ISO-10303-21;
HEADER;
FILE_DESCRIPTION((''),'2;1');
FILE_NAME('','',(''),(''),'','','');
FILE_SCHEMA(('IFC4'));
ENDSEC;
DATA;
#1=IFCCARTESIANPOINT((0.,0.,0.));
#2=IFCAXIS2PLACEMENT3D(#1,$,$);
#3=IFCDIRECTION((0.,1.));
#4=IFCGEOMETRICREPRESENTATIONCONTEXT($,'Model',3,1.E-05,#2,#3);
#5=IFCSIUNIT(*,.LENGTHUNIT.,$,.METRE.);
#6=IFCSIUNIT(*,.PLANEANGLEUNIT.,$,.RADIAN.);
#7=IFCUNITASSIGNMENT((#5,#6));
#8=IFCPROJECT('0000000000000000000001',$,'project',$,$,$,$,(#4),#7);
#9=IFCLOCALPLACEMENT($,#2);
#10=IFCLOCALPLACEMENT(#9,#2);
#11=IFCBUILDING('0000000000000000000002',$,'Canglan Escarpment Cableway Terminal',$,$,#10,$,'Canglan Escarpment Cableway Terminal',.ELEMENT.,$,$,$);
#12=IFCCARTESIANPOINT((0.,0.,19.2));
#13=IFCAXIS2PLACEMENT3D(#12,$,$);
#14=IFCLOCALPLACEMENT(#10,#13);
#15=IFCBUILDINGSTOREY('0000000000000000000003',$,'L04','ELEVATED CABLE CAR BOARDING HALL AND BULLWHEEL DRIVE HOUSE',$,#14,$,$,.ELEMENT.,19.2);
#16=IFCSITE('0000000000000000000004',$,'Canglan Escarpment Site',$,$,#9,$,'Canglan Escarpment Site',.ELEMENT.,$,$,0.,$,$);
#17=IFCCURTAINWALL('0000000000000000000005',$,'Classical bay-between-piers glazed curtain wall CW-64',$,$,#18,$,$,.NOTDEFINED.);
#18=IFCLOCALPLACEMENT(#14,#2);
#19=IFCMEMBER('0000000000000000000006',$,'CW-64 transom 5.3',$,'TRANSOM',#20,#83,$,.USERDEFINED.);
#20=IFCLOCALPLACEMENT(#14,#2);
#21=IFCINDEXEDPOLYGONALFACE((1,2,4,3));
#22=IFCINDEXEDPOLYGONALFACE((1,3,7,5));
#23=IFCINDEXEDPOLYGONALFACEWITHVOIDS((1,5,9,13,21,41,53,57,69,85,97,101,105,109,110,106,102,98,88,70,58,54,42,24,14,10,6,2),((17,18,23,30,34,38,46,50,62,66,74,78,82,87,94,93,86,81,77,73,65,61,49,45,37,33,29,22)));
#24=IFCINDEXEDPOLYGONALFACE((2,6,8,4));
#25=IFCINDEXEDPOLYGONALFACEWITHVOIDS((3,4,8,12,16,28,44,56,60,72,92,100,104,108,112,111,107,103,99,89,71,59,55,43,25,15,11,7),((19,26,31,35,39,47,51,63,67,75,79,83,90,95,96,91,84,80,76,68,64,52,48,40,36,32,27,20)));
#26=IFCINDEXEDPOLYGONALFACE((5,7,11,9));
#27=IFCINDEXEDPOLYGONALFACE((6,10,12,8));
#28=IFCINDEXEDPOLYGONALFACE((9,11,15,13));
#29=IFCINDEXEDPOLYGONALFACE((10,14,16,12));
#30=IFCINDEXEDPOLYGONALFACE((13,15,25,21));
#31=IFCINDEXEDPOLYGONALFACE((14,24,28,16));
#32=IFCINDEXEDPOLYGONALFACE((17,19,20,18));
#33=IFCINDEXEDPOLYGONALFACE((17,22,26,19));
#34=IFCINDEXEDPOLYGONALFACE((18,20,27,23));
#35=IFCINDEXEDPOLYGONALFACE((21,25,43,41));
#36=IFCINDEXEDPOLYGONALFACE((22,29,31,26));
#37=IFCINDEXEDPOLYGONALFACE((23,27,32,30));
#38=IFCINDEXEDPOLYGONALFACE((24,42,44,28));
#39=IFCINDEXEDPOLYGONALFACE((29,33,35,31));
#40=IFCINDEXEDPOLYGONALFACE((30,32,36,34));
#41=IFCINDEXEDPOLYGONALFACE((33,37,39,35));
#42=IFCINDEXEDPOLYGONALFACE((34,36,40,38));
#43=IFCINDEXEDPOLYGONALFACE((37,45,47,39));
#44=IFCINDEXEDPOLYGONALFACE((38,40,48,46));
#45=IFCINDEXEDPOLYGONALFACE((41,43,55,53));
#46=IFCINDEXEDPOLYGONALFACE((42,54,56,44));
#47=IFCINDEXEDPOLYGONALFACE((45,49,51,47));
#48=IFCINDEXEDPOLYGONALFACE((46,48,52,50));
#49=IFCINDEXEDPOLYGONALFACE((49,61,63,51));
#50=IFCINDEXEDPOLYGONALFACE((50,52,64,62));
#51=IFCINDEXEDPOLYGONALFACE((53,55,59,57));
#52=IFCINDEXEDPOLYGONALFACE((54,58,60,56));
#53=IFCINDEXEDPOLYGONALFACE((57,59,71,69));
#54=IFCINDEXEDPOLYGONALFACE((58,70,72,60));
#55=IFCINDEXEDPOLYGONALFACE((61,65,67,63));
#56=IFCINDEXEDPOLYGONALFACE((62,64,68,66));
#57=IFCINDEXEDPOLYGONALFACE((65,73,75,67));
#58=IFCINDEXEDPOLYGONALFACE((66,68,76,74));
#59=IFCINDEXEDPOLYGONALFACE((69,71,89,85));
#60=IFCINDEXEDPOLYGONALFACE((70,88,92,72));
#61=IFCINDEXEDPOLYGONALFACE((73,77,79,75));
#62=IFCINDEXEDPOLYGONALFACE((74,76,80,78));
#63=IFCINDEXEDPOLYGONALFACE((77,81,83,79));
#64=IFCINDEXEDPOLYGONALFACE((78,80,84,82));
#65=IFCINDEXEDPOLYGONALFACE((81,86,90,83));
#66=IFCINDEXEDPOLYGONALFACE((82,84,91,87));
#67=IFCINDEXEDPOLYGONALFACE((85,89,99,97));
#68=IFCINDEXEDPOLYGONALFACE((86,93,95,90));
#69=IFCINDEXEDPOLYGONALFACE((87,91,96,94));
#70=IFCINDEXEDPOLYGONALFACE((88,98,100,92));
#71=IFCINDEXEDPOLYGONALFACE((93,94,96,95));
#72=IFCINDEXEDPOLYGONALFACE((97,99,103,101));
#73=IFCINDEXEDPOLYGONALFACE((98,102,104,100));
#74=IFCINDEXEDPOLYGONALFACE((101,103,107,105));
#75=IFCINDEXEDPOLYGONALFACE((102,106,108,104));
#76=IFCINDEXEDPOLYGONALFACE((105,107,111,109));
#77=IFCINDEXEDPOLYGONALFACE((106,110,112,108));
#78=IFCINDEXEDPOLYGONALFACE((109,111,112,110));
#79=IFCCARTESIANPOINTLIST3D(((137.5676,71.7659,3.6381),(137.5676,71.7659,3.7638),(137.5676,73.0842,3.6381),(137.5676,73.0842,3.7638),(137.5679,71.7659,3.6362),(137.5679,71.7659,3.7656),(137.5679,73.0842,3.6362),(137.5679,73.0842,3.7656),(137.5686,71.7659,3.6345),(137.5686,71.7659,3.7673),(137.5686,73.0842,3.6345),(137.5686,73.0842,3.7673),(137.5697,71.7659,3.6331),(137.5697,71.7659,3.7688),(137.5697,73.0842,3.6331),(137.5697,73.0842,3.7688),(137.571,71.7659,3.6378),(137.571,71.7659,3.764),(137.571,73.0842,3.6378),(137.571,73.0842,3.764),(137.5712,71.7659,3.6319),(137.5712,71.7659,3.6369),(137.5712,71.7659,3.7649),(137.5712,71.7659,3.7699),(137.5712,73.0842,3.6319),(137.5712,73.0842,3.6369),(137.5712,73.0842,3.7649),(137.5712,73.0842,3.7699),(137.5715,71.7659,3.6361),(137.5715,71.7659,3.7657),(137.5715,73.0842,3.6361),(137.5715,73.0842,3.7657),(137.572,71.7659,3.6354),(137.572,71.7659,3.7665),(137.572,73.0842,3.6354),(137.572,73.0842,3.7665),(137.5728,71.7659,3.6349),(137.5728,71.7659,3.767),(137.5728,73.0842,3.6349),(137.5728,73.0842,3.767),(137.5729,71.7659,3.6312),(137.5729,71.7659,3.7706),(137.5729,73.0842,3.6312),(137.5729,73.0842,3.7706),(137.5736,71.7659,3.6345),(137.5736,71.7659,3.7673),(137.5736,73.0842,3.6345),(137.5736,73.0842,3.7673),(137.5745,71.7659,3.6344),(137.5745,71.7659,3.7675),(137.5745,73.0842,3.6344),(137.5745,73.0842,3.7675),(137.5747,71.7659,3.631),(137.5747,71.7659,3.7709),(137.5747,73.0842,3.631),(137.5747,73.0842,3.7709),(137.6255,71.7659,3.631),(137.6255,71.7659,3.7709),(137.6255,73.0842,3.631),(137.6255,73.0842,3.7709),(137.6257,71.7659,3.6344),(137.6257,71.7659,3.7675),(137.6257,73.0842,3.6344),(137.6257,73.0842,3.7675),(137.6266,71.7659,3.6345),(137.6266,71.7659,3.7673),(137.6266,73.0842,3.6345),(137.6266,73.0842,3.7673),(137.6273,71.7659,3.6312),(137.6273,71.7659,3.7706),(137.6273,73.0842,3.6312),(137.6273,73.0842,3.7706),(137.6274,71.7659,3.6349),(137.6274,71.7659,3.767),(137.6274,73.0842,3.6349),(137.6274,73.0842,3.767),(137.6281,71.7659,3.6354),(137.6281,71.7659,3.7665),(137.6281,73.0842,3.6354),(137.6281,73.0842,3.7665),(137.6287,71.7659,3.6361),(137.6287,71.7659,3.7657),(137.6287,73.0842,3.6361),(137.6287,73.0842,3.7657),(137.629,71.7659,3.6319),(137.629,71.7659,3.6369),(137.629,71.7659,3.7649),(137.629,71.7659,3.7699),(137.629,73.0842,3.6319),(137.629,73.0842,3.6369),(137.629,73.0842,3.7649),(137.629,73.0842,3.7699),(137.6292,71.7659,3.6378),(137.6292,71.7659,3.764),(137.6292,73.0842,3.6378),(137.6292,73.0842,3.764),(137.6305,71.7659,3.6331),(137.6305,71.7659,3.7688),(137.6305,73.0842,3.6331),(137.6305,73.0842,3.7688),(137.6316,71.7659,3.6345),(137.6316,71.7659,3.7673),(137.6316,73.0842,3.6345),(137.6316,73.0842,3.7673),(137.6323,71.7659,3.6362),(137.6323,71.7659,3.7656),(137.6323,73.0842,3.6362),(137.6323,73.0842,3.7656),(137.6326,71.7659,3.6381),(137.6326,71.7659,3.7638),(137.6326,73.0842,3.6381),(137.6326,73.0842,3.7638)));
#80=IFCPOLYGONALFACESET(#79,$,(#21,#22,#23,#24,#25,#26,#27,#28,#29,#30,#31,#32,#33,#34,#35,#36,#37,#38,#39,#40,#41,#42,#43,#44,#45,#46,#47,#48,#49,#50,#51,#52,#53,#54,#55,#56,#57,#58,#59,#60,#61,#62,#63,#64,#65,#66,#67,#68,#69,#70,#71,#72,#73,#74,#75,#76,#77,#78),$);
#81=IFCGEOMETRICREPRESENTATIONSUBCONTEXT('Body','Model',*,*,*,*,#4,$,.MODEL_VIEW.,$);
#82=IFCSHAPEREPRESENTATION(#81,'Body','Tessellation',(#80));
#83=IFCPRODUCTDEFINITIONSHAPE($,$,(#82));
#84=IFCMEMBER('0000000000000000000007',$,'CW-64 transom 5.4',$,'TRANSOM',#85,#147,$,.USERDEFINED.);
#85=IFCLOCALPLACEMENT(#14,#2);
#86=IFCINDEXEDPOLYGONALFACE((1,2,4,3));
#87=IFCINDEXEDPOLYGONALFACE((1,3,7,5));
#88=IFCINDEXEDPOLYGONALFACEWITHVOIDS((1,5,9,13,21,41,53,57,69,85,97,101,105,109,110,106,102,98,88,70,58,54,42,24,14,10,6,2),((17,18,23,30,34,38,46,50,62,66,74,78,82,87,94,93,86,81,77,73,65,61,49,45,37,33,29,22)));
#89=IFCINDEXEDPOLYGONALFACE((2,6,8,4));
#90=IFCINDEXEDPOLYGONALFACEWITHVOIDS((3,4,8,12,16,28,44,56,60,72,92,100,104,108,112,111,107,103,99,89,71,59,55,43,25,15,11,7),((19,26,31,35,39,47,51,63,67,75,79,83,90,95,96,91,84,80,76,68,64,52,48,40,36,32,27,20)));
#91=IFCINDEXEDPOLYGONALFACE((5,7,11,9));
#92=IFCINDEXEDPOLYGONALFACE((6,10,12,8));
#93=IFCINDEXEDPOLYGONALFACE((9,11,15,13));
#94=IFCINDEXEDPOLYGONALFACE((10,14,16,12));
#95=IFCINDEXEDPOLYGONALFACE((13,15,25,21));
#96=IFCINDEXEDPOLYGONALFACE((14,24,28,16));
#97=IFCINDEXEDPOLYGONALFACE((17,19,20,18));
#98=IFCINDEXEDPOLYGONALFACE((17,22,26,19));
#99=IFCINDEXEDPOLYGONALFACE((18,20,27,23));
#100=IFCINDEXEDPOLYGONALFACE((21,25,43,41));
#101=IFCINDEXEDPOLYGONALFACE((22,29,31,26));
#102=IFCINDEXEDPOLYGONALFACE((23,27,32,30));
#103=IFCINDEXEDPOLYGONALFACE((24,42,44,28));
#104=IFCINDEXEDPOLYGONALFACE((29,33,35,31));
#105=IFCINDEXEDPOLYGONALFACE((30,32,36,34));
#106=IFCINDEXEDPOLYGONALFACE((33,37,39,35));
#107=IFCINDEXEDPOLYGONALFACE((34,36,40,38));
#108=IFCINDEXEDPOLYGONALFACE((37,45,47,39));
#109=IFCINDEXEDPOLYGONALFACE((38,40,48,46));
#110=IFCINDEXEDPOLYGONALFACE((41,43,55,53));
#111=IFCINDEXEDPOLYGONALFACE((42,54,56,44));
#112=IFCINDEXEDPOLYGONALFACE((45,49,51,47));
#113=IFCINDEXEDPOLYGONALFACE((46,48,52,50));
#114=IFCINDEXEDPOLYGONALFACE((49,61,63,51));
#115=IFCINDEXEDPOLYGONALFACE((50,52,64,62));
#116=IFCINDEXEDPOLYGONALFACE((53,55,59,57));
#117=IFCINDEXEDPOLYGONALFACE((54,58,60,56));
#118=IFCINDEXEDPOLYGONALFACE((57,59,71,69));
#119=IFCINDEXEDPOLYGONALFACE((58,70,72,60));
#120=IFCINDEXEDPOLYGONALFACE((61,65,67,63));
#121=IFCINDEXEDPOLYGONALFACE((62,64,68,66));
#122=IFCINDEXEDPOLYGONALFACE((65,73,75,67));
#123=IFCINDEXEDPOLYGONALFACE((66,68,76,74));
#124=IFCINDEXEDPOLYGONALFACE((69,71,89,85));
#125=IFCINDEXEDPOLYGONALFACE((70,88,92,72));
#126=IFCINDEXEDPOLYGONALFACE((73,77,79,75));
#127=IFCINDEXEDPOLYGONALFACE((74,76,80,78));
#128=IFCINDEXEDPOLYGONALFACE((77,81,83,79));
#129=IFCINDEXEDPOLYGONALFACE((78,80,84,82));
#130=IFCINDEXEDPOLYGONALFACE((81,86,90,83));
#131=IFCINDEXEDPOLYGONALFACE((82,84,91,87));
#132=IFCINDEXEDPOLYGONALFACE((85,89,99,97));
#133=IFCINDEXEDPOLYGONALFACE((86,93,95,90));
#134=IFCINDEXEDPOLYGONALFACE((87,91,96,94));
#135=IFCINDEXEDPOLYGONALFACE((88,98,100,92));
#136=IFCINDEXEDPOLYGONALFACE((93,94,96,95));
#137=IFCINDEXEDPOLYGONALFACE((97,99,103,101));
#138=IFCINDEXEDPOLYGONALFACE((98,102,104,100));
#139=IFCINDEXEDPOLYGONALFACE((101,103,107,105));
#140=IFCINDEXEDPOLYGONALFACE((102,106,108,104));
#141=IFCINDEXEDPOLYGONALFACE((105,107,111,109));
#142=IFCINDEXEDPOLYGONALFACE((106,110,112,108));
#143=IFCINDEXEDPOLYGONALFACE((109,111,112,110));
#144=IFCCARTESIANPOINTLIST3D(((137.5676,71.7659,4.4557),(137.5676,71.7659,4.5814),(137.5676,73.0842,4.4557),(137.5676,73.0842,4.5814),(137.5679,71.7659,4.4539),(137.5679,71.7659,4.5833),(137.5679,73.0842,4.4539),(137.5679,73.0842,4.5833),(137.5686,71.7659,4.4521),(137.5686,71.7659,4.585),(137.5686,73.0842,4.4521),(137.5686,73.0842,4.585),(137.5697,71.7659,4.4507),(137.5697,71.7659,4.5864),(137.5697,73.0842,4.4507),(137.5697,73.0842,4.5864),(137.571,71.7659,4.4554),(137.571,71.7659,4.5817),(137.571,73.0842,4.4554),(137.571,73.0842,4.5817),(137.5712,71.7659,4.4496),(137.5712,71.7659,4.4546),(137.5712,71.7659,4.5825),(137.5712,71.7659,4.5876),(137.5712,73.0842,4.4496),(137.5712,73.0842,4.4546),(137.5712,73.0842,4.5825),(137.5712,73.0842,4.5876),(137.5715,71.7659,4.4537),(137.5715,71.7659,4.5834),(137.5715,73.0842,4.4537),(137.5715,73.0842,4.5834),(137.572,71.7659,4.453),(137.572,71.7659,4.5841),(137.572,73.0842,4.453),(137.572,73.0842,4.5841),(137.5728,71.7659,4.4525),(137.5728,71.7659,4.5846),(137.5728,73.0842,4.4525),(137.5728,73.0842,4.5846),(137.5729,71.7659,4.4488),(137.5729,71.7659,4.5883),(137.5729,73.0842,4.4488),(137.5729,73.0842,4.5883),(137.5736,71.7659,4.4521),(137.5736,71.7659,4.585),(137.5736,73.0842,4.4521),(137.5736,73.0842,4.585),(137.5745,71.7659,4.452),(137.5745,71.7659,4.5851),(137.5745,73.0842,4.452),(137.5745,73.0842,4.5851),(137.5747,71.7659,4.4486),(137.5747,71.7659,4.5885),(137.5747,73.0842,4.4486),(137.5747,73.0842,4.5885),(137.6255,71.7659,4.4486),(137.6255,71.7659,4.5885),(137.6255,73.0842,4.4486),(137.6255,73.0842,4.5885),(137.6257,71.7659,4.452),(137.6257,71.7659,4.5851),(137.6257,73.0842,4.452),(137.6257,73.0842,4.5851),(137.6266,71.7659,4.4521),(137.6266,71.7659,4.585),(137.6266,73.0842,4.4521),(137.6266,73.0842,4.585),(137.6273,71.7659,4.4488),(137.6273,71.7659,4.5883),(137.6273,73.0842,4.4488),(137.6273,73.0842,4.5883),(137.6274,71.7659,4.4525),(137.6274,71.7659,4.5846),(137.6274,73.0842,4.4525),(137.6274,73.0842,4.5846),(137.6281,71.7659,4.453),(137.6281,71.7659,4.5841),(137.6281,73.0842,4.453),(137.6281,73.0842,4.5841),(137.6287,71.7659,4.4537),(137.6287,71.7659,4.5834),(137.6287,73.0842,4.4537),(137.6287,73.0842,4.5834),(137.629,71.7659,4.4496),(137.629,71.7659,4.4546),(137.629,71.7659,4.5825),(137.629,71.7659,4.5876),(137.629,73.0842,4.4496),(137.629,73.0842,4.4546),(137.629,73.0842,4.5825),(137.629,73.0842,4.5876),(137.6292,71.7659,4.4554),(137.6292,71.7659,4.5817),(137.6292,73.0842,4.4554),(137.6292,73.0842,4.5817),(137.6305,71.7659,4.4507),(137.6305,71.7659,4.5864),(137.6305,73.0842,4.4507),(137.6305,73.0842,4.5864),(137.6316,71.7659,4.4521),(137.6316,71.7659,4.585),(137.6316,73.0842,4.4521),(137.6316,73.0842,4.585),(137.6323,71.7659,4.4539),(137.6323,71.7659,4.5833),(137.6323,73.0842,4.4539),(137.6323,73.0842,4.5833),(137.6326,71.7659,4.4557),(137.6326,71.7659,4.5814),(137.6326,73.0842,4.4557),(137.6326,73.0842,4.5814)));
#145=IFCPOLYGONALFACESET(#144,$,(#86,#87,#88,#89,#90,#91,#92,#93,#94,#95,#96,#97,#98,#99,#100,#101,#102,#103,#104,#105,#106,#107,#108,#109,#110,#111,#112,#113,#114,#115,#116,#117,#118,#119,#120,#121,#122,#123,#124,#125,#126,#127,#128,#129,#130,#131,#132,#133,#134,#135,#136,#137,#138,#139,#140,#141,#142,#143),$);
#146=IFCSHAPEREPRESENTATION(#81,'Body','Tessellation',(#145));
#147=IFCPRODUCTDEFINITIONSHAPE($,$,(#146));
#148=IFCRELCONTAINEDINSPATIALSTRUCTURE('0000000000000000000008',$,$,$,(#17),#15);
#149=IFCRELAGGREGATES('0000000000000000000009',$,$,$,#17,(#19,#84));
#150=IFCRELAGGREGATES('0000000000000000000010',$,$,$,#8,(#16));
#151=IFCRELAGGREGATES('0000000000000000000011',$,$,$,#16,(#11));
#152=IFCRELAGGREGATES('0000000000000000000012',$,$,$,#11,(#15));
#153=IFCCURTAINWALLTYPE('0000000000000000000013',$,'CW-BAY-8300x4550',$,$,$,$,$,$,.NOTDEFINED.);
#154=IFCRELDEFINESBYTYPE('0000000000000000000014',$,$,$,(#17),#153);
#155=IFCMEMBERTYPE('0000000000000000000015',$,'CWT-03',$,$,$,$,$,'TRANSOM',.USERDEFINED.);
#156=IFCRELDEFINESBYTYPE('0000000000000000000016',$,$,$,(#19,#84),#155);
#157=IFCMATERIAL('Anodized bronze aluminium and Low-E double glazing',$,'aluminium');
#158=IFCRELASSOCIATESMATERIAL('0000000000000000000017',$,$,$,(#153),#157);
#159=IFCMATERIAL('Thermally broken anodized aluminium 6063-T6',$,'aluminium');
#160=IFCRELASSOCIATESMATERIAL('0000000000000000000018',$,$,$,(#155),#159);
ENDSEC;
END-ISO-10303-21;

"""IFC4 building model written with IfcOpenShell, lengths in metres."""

from ifc_helpers import new_model, si_unit, direction, frame, origin, origin_2d, place, context, subcontext, project, spatial, hollow_rectangle, extrude, material, material_profile, profile_set, type_object, element, aggregate, save


model = new_model("IFC4")

# Units and contexts
model_context = context("Model", 3, precision=1e-05, world=origin(), true_north=direction((0.0, 1.0)))
body_context = subcontext(model_context, "Body", "Model", "MODEL_VIEW")
ifc_project = project(units=[si_unit("LENGTHUNIT", "METRE"), si_unit("PLANEANGLEUNIT", "RADIAN")], contexts=[model_context])

# Site, building, storey
site_placement = place(None, origin())
site = spatial("IfcSite", under=ifc_project, at=site_placement, Name="Canglan Escarpment Site", LongName="Canglan Escarpment Site", CompositionType="ELEMENT", RefElevation=0.0)
building_placement = place(site_placement, origin())
building = spatial("IfcBuilding", under=site, at=building_placement, Name="Canglan Escarpment Cableway Terminal", LongName="Canglan Escarpment Cableway Terminal", CompositionType="ELEMENT")
storey_placement = place(building_placement, frame((0.0, 0.0, 19.2)))
storey = spatial("IfcBuildingStorey", under=building, at=storey_placement, Name="L04", Description="ELEVATED CABLE CAR BOARDING HALL AND BULLWHEEL DRIVE HOUSE", CompositionType="ELEMENT", Elevation=19.2)

# Curtain wall, members
ifc_material_1 = material(Name="Anodized bronze aluminium and Low-E double glazing", Category="aluminium")
curtain_wall_type = type_object("IfcCurtainWallType", Name="CW-BAY-8300x4550", PredefinedType="NOTDEFINED", material=ifc_material_1)
curtain_wall_placement = place(storey_placement, origin())
curtain_wall = element("IfcCurtainWall", 1, at=curtain_wall_placement, inside=storey, type_object=curtain_wall_type, Name="Classical bay-between-piers glazed curtain wall CW-64", PredefinedType="NOTDEFINED")
ifc_material_2 = material(Name="Thermally broken anodized aluminium 6063-T6", Category="aluminium")
ifc_material_profile_1 = material_profile(ifc_material_2, hollow_rectangle(XDim=0.0649, YDim=0.1399, WallThickness=0.0034, InnerFilletRadius=0.0034, OuterFilletRadius=0.0071, at=origin_2d()), Name="ALU-TRAN 65x140x3.5")
ifc_profile_set_1 = profile_set([ifc_material_profile_1], Name="Thermally broken anodized aluminium 6063-T6")
member_type_1 = type_object("IfcMemberType", Name="CWT-03", ElementType="TRANSOM", PredefinedType="USERDEFINED", material=ifc_profile_set_1)
member_1_placement = place(storey_placement, frame((137.6001, 73.0842, 3.7009), z_axis=(0.0, -1.0, 0.0), x_axis=(1.0, 0.0, 0.0)))
member_1 = element("IfcMember", 2, at=member_1_placement, type_object=member_type_1, Name="CW-64 transom 5.3", ObjectType="TRANSOM", PredefinedType="USERDEFINED", context=body_context, shape_type="SweptSolid", body=[
    extrude(hollow_rectangle(XDim=0.0649, YDim=0.1399, WallThickness=0.0034, InnerFilletRadius=0.0034, OuterFilletRadius=0.0071, at=origin_2d()), origin(), (0.0, 0.0, 1.0), 1.3184),
])
member_2_placement = place(storey_placement, frame((137.6001, 73.0842, 4.5186), z_axis=(0.0, -1.0, 0.0), x_axis=(1.0, 0.0, 0.0)))
member_2 = element("IfcMember", 3, at=member_2_placement, type_object=member_type_1, Name="CW-64 transom 5.4", ObjectType="TRANSOM", PredefinedType="USERDEFINED", context=body_context, shape_type="SweptSolid", body=[
    extrude(hollow_rectangle(XDim=0.0649, YDim=0.1399, WallThickness=0.0034, InnerFilletRadius=0.0034, OuterFilletRadius=0.0071, at=origin_2d()), origin(), (0.0, 0.0, 1.0), 1.3184),
])
aggregate(curtain_wall, [member_1, member_2])

save(model, "model.ifc")
